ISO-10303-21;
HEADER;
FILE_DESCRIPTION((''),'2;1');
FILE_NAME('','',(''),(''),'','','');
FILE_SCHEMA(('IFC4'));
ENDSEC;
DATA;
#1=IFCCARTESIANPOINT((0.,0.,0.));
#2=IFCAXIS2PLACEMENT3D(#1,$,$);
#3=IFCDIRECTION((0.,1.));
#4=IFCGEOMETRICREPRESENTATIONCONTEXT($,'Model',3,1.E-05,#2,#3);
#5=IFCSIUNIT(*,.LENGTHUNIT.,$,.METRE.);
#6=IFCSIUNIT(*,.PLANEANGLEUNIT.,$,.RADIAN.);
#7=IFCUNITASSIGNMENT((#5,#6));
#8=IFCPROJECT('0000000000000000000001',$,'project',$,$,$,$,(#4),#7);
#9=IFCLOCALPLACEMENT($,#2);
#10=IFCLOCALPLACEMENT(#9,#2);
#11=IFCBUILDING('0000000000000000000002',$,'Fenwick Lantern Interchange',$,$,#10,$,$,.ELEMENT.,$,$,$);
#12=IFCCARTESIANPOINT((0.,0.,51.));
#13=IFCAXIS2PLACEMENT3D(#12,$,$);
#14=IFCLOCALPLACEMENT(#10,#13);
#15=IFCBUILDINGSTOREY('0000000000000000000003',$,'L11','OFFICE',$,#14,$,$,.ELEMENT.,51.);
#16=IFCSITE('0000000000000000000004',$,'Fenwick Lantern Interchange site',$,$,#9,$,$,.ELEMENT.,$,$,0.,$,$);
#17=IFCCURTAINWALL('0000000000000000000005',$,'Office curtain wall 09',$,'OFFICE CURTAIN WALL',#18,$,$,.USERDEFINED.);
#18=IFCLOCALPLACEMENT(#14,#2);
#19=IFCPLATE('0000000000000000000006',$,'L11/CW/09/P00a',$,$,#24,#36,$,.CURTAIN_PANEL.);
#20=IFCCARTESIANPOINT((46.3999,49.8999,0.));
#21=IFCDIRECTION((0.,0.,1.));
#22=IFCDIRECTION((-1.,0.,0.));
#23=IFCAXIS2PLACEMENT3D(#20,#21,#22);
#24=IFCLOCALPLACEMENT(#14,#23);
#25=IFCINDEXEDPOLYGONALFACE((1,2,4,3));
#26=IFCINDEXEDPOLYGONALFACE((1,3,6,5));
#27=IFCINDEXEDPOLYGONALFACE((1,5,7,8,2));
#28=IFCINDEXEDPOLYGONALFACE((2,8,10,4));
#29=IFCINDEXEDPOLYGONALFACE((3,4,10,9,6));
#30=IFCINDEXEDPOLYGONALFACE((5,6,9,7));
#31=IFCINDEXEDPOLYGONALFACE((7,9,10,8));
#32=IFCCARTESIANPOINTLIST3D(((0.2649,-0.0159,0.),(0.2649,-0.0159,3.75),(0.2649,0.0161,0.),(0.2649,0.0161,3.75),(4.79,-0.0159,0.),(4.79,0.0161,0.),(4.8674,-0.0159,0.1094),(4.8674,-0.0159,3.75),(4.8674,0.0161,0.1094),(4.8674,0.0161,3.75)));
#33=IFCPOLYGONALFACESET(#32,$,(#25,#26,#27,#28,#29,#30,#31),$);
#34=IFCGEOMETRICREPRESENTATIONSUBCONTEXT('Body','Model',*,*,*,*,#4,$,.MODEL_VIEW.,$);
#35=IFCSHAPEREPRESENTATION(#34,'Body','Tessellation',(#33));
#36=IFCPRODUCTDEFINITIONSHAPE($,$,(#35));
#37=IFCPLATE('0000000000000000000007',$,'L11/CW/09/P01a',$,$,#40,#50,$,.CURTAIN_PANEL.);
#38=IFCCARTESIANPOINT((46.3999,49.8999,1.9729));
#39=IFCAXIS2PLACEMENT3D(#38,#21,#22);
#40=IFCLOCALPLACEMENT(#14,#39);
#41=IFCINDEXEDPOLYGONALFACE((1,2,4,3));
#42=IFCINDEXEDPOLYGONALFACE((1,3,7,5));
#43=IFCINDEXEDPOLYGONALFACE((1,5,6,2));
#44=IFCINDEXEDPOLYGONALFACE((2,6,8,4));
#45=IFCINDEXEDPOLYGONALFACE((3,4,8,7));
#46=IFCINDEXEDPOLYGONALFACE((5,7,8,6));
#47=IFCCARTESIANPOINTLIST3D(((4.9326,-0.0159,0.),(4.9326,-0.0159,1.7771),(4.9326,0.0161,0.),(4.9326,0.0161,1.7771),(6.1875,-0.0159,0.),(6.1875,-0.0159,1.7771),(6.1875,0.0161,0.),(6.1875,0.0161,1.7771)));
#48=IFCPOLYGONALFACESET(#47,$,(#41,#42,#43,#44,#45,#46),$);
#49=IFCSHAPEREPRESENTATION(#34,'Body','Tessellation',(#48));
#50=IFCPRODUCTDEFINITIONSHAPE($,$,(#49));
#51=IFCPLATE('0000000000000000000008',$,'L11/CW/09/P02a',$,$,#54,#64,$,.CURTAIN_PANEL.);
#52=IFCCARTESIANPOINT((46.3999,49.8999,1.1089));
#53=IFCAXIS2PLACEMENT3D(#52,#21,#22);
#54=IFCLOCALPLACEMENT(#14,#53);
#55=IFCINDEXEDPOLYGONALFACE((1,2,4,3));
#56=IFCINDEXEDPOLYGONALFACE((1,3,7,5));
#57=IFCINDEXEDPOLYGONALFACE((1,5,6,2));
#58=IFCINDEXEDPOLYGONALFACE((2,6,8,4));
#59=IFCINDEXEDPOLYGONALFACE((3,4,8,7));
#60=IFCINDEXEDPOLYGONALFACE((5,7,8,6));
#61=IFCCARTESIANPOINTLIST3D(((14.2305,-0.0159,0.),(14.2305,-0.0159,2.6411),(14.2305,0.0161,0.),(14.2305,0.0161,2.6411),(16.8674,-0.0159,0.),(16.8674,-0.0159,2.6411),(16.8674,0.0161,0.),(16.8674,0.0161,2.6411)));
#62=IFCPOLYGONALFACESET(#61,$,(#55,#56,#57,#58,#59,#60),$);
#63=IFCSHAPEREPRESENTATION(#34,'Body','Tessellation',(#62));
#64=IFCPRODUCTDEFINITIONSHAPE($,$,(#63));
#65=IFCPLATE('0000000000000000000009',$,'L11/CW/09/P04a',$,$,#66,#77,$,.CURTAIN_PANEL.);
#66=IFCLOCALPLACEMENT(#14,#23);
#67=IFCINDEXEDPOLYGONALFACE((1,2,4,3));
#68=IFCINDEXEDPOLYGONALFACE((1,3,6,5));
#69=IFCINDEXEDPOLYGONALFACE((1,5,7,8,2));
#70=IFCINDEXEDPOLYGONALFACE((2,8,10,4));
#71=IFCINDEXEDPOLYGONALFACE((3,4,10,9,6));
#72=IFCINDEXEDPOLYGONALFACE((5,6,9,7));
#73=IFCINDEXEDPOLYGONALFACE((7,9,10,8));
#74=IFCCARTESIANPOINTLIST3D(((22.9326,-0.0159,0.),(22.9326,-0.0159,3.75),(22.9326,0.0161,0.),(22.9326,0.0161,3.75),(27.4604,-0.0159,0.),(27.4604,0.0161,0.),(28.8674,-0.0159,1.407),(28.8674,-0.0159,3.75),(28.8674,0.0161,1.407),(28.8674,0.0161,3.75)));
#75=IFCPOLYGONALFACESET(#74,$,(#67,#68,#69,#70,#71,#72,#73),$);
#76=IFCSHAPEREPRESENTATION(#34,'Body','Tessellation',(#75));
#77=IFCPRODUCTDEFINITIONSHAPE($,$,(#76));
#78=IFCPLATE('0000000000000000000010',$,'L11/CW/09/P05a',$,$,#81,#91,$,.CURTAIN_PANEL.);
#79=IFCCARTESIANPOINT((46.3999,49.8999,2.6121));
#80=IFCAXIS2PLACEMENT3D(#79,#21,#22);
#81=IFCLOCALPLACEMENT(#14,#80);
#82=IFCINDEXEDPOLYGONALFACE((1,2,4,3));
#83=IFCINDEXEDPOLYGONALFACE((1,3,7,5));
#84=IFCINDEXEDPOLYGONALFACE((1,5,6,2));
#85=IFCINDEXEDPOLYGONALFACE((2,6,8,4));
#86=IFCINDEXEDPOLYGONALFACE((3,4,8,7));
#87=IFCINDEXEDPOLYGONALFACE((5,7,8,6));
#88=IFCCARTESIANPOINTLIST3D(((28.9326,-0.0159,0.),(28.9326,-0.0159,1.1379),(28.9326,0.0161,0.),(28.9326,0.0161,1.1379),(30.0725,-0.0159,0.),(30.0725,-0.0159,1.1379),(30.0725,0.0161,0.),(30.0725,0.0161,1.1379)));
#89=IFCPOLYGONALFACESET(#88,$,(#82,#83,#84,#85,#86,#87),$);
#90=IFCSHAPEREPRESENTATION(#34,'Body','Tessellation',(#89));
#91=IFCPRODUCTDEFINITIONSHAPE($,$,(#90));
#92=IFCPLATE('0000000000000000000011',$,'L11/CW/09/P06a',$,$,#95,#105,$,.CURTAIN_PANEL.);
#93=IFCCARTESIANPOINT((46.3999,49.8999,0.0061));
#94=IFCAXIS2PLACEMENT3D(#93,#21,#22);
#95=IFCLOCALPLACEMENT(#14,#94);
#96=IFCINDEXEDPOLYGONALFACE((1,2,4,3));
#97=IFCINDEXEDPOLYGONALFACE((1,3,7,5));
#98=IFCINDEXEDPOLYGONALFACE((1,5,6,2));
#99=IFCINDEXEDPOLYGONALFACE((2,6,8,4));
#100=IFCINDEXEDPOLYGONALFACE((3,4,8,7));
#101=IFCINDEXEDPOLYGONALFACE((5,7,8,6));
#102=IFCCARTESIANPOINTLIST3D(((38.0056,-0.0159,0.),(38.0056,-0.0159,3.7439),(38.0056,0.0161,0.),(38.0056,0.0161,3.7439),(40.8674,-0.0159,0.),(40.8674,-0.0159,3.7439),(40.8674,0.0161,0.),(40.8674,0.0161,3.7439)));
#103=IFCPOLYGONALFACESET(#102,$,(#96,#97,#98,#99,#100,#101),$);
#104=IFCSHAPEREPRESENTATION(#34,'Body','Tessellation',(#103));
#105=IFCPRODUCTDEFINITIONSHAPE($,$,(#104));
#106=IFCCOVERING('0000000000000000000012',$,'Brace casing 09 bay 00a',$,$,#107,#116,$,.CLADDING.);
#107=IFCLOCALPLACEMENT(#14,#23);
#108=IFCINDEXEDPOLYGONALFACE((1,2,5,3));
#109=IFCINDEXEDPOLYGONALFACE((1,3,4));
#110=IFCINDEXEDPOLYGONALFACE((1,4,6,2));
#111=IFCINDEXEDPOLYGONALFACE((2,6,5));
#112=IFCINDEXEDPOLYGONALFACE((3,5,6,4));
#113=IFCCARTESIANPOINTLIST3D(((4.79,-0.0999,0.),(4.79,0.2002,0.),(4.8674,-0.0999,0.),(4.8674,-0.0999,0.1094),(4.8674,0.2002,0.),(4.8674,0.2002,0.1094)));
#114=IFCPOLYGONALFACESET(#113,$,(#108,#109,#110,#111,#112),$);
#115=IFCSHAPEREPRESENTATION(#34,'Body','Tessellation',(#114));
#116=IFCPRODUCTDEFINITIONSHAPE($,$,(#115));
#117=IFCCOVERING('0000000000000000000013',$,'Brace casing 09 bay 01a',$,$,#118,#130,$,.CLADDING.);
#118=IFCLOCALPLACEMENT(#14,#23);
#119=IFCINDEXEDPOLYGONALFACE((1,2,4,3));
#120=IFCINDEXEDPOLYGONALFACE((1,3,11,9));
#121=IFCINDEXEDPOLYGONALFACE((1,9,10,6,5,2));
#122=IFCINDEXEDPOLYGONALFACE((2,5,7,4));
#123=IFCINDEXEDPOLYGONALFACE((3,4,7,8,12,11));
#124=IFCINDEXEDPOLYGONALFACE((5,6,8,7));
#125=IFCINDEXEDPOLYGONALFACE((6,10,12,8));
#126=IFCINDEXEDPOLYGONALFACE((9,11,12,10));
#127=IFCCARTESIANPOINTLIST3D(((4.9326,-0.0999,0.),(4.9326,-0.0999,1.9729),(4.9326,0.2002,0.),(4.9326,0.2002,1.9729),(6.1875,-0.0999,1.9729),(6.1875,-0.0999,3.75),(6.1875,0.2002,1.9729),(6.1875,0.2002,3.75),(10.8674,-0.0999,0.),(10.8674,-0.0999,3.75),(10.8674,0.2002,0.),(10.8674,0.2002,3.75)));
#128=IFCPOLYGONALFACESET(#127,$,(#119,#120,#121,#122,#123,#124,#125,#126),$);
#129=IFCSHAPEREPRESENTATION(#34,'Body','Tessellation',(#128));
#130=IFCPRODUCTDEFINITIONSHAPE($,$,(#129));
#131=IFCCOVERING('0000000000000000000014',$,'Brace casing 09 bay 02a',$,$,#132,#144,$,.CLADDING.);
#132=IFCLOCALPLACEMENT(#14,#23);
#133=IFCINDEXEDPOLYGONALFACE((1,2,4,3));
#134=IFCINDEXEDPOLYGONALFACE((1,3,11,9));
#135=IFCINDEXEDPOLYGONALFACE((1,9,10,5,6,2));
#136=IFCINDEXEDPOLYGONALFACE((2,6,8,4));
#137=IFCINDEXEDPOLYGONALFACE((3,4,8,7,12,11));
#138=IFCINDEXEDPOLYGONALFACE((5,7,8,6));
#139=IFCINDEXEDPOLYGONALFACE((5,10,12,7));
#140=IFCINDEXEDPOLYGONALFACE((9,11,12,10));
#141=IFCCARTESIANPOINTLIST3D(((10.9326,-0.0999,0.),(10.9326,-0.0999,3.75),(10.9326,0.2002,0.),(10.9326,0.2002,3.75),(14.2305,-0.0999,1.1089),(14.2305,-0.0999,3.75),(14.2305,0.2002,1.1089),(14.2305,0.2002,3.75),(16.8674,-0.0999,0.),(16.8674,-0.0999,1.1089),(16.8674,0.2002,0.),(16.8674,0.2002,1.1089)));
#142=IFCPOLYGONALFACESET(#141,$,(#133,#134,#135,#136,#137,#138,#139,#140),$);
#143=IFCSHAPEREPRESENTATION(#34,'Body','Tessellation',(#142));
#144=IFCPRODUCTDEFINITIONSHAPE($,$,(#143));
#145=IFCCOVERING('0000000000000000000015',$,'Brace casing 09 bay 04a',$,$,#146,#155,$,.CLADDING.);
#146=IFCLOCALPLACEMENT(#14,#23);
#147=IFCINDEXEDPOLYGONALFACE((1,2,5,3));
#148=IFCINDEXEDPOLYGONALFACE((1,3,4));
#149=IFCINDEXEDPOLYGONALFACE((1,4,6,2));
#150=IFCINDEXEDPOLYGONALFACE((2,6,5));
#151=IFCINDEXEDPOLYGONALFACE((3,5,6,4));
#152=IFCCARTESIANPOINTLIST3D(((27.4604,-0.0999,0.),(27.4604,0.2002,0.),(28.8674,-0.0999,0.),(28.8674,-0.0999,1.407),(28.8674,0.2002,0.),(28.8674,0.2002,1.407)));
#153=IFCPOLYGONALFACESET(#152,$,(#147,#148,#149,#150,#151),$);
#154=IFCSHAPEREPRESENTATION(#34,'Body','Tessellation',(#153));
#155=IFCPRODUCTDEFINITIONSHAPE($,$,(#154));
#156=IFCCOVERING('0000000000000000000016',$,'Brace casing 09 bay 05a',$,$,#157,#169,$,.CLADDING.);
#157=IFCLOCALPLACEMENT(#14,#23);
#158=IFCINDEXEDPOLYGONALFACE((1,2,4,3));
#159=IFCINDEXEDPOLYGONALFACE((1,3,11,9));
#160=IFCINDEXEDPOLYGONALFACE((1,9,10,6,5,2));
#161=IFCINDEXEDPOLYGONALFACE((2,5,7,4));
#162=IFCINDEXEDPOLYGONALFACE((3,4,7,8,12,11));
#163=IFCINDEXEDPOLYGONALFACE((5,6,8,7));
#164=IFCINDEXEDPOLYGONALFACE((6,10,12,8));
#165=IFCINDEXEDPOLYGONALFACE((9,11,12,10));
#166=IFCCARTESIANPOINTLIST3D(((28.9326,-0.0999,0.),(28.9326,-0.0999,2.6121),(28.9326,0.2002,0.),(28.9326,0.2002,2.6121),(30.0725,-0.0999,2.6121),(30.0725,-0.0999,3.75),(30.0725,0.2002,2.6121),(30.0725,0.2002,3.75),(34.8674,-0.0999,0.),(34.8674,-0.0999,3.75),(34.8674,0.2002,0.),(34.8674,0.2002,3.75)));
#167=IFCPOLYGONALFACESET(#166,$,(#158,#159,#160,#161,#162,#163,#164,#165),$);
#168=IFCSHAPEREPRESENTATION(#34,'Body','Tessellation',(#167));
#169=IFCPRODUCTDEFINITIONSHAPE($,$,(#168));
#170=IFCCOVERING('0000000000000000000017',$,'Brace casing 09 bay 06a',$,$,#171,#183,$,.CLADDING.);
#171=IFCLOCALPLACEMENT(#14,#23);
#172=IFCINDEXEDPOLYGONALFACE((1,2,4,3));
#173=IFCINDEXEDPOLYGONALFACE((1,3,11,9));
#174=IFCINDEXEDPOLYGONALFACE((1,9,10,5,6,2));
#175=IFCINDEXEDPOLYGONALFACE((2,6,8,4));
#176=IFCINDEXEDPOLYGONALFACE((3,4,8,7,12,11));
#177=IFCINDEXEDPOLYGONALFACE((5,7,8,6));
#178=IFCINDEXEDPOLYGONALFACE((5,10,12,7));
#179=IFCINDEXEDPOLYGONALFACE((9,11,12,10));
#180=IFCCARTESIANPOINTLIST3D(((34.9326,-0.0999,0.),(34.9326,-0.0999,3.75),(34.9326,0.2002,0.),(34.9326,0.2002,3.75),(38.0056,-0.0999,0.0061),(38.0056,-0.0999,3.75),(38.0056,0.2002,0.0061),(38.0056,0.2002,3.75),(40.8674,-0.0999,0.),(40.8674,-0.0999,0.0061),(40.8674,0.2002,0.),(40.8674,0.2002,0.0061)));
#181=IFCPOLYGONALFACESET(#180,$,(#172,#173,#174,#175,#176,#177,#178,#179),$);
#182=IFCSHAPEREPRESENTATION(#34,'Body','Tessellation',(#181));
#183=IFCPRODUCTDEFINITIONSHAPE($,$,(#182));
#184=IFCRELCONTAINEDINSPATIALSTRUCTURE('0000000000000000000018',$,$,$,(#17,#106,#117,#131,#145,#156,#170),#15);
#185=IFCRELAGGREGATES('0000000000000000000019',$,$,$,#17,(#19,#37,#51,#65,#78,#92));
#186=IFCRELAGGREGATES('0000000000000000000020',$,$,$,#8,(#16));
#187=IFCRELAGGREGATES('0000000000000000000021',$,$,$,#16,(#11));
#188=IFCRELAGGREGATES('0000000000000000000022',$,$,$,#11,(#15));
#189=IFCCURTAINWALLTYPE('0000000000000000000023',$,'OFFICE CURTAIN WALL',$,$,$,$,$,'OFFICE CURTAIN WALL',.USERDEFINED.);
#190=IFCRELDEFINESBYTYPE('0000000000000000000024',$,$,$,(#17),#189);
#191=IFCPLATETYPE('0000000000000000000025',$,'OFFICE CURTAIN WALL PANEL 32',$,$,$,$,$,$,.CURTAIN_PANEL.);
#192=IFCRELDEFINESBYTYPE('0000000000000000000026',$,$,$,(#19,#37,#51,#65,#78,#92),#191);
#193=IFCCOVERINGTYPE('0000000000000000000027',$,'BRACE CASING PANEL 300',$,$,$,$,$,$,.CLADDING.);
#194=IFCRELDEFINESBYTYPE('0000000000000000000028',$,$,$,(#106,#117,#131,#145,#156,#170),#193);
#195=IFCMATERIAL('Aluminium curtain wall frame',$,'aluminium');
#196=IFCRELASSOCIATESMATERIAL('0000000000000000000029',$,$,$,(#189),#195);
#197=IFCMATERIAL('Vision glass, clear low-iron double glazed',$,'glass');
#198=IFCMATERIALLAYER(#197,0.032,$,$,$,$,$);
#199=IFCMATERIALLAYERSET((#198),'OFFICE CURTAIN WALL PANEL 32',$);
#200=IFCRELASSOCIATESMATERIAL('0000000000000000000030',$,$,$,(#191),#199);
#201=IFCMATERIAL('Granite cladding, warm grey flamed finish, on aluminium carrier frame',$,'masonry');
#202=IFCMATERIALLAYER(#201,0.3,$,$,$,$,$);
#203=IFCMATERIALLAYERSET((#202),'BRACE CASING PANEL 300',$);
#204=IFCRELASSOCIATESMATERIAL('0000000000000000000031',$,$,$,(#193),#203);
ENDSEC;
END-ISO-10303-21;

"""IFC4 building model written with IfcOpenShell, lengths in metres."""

from ifc_helpers import new_model, si_unit, direction, frame, origin, place, context, subcontext, project, spatial, polyline, outline, extrude, material, layer, layer_set, type_object, element, aggregate, save


model = new_model("IFC4")

# Units and contexts
model_context = context("Model", 3, precision=1e-05, world=origin(), true_north=direction((0.0, 1.0)))
body_context = subcontext(model_context, "Body", "Model", "MODEL_VIEW")
ifc_project = project(units=[si_unit("LENGTHUNIT", "METRE"), si_unit("PLANEANGLEUNIT", "RADIAN")], contexts=[model_context])

# Site, building, storey
site_placement = place(None, origin())
site = spatial("IfcSite", under=ifc_project, at=site_placement, Name="Fenwick Lantern Interchange site", CompositionType="ELEMENT", RefElevation=0.0)
building_placement = place(site_placement, origin())
building = spatial("IfcBuilding", under=site, at=building_placement, Name="Fenwick Lantern Interchange", CompositionType="ELEMENT")
storey_placement = place(building_placement, frame((0.0, 0.0, 51.0)))
storey = spatial("IfcBuildingStorey", under=building, at=storey_placement, Name="L11", Description="OFFICE", CompositionType="ELEMENT", Elevation=51.0)

# Shared definitions
ifc_material_1 = material(Name="Aluminium curtain wall frame", Category="aluminium")
curtain_wall_type = type_object("IfcCurtainWallType", Name="OFFICE CURTAIN WALL", ElementType="OFFICE CURTAIN WALL", PredefinedType="USERDEFINED", material=ifc_material_1)

# Curtain wall
curtain_wall_1_placement = place(storey_placement, origin())
curtain_wall_1 = element("IfcCurtainWall", 1, at=curtain_wall_1_placement, inside=storey, type_object=curtain_wall_type, Name="Office curtain wall 09", ObjectType="OFFICE CURTAIN WALL", PredefinedType="USERDEFINED")

# Plates
ifc_material_2 = material(Name="Vision glass, clear low-iron double glazed", Category="glass")
ifc_layer_1 = layer(ifc_material_2, 0.032)
ifc_layer_set_1 = layer_set([ifc_layer_1], Name="OFFICE CURTAIN WALL PANEL 32")
plate_type = type_object("IfcPlateType", Name="OFFICE CURTAIN WALL PANEL 32", PredefinedType="CURTAIN_PANEL", material=ifc_layer_set_1)
plate_1_placement = place(storey_placement, frame((46.3999, 49.8999, 0.0), z_axis=(0.0, 0.0, 1.0), x_axis=(-1.0, 0.0, 0.0)))
plate_1 = element("IfcPlate", 2, at=plate_1_placement, type_object=plate_type, Name="L11/CW/09/P00a", PredefinedType="CURTAIN_PANEL", context=body_context, shape_type="SweptSolid", body=[
    extrude(outline(polyline([(0.2649, 0.0), (4.79, 0.0), (4.8674, 0.1094), (4.8674, 3.75), (0.2649, 3.75), (0.2649, 0.0)])), frame((0.0, 0.0161, 0.0), z_axis=(0.0, -1.0, 0.0), x_axis=(1.0, 0.0, 0.0)), (0.0, 0.0, 1.0), 0.032),
])
plate_2_placement = place(storey_placement, frame((46.3999, 49.8999, 1.9729), z_axis=(0.0, 0.0, 1.0), x_axis=(-1.0, 0.0, 0.0)))
plate_2 = element("IfcPlate", 3, at=plate_2_placement, type_object=plate_type, Name="L11/CW/09/P01a", PredefinedType="CURTAIN_PANEL", context=body_context, shape_type="SweptSolid", body=[
    extrude(outline(polyline([(4.9326, 0.0), (6.1875, 0.0), (6.1875, 1.7771), (4.9326, 1.7771), (4.9326, 0.0)])), frame((0.0, 0.0161, 0.0), z_axis=(0.0, -1.0, 0.0), x_axis=(1.0, 0.0, 0.0)), (0.0, 0.0, 1.0), 0.032),
])
plate_3_placement = place(storey_placement, frame((46.3999, 49.8999, 1.1089), z_axis=(0.0, 0.0, 1.0), x_axis=(-1.0, 0.0, 0.0)))
plate_3 = element("IfcPlate", 4, at=plate_3_placement, type_object=plate_type, Name="L11/CW/09/P02a", PredefinedType="CURTAIN_PANEL", context=body_context, shape_type="SweptSolid", body=[
    extrude(outline(polyline([(14.2305, 0.0), (16.8674, 0.0), (16.8674, 2.6411), (14.2305, 2.6411), (14.2305, 0.0)])), frame((0.0, 0.0161, 0.0), z_axis=(0.0, -1.0, 0.0), x_axis=(1.0, 0.0, 0.0)), (0.0, 0.0, 1.0), 0.032),
])
plate_4_placement = place(storey_placement, frame((46.3999, 49.8999, 0.0), z_axis=(0.0, 0.0, 1.0), x_axis=(-1.0, 0.0, 0.0)))
plate_4 = element("IfcPlate", 5, at=plate_4_placement, type_object=plate_type, Name="L11/CW/09/P04a", PredefinedType="CURTAIN_PANEL", context=body_context, shape_type="SweptSolid", body=[
    extrude(outline(polyline([(22.9326, 0.0), (27.4604, 0.0), (28.8674, 1.407), (28.8674, 3.75), (22.9326, 3.75), (22.9326, 0.0)])), frame((0.0, 0.0161, 0.0), z_axis=(0.0, -1.0, 0.0), x_axis=(1.0, 0.0, 0.0)), (0.0, 0.0, 1.0), 0.032),
])
plate_5_placement = place(storey_placement, frame((46.3999, 49.8999, 2.6121), z_axis=(0.0, 0.0, 1.0), x_axis=(-1.0, 0.0, 0.0)))
plate_5 = element("IfcPlate", 6, at=plate_5_placement, type_object=plate_type, Name="L11/CW/09/P05a", PredefinedType="CURTAIN_PANEL", context=body_context, shape_type="SweptSolid", body=[
    extrude(outline(polyline([(28.9326, 0.0), (30.0725, 0.0), (30.0725, 1.1379), (28.9326, 1.1379), (28.9326, 0.0)])), frame((0.0, 0.0161, 0.0), z_axis=(0.0, -1.0, 0.0), x_axis=(1.0, 0.0, 0.0)), (0.0, 0.0, 1.0), 0.032),
])
plate_6_placement = place(storey_placement, frame((46.3999, 49.8999, 0.0061), z_axis=(0.0, 0.0, 1.0), x_axis=(-1.0, 0.0, 0.0)))
plate_6 = element("IfcPlate", 7, at=plate_6_placement, type_object=plate_type, Name="L11/CW/09/P06a", PredefinedType="CURTAIN_PANEL", context=body_context, shape_type="SweptSolid", body=[
    extrude(outline(polyline([(38.0056, 0.0), (40.8674, 0.0), (40.8674, 3.7439), (38.0056, 3.7439), (38.0056, 0.0)])), frame((0.0, 0.0161, 0.0), z_axis=(0.0, -1.0, 0.0), x_axis=(1.0, 0.0, 0.0)), (0.0, 0.0, 1.0), 0.032),
])
aggregate(curtain_wall_1, [plate_1, plate_2, plate_3, plate_4, plate_5, plate_6])

# Coverings
ifc_material_3 = material(Name="Granite cladding, warm grey flamed finish, on aluminium carrier frame", Category="masonry")
ifc_layer_2 = layer(ifc_material_3, 0.3)
ifc_layer_set_2 = layer_set([ifc_layer_2], Name="BRACE CASING PANEL 300")
covering_type = type_object("IfcCoveringType", Name="BRACE CASING PANEL 300", PredefinedType="CLADDING", material=ifc_layer_set_2)
covering_1_placement = place(storey_placement, frame((46.3999, 49.8999, 0.0), z_axis=(0.0, 0.0, 1.0), x_axis=(-1.0, 0.0, 0.0)))
element("IfcCovering", 8, at=covering_1_placement, inside=storey, type_object=covering_type, Name="Brace casing 09 bay 00a", PredefinedType="CLADDING", context=body_context, shape_type="SweptSolid", body=[
    extrude(outline(polyline([(4.79, 0.0), (4.8674, 0.0), (4.8674, 0.1094), (4.79, 0.0)])), frame((0.0, 0.2002, 0.0), z_axis=(0.0, -1.0, 0.0), x_axis=(1.0, 0.0, 0.0)), (0.0, 0.0, 1.0), 0.3),
])
covering_2_placement = place(storey_placement, frame((46.3999, 49.8999, 0.0), z_axis=(0.0, 0.0, 1.0), x_axis=(-1.0, 0.0, 0.0)))
element("IfcCovering", 9, at=covering_2_placement, inside=storey, type_object=covering_type, Name="Brace casing 09 bay 01a", PredefinedType="CLADDING", context=body_context, shape_type="SweptSolid", body=[
    extrude(outline(polyline([(4.9326, 0.0), (10.8674, 0.0), (10.8674, 3.75), (6.1875, 3.75), (6.1875, 1.9729), (4.9326, 1.9729), (4.9326, 0.0)])), frame((0.0, 0.2002, 0.0), z_axis=(0.0, -1.0, 0.0), x_axis=(1.0, 0.0, 0.0)), (0.0, 0.0, 1.0), 0.3),
])
covering_3_placement = place(storey_placement, frame((46.3999, 49.8999, 0.0), z_axis=(0.0, 0.0, 1.0), x_axis=(-1.0, 0.0, 0.0)))
element("IfcCovering", 10, at=covering_3_placement, inside=storey, type_object=covering_type, Name="Brace casing 09 bay 02a", PredefinedType="CLADDING", context=body_context, shape_type="SweptSolid", body=[
    extrude(outline(polyline([(10.9326, 0.0), (16.8674, 0.0), (16.8674, 1.1089), (14.2305, 1.1089), (14.2305, 3.75), (10.9326, 3.75), (10.9326, 0.0)])), frame((0.0, 0.2002, 0.0), z_axis=(0.0, -1.0, 0.0), x_axis=(1.0, 0.0, 0.0)), (0.0, 0.0, 1.0), 0.3),
])
covering_4_placement = place(storey_placement, frame((46.3999, 49.8999, 0.0), z_axis=(0.0, 0.0, 1.0), x_axis=(-1.0, 0.0, 0.0)))
element("IfcCovering", 11, at=covering_4_placement, inside=storey, type_object=covering_type, Name="Brace casing 09 bay 04a", PredefinedType="CLADDING", context=body_context, shape_type="SweptSolid", body=[
    extrude(outline(polyline([(27.4604, 0.0), (28.8674, 0.0), (28.8674, 1.407), (27.4604, 0.0)])), frame((0.0, 0.2002, 0.0), z_axis=(0.0, -1.0, 0.0), x_axis=(1.0, 0.0, 0.0)), (0.0, 0.0, 1.0), 0.3),
])
covering_5_placement = place(storey_placement, frame((46.3999, 49.8999, 0.0), z_axis=(0.0, 0.0, 1.0), x_axis=(-1.0, 0.0, 0.0)))
element("IfcCovering", 12, at=covering_5_placement, inside=storey, type_object=covering_type, Name="Brace casing 09 bay 05a", PredefinedType="CLADDING", context=body_context, shape_type="SweptSolid", body=[
    extrude(outline(polyline([(28.9326, 0.0), (34.8674, 0.0), (34.8674, 3.75), (30.0725, 3.75), (30.0725, 2.6121), (28.9326, 2.6121), (28.9326, 0.0)])), frame((0.0, 0.2002, 0.0), z_axis=(0.0, -1.0, 0.0), x_axis=(1.0, 0.0, 0.0)), (0.0, 0.0, 1.0), 0.3),
])
covering_6_placement = place(storey_placement, frame((46.3999, 49.8999, 0.0), z_axis=(0.0, 0.0, 1.0), x_axis=(-1.0, 0.0, 0.0)))
element("IfcCovering", 13, at=covering_6_placement, inside=storey, type_object=covering_type, Name="Brace casing 09 bay 06a", PredefinedType="CLADDING", context=body_context, shape_type="SweptSolid", body=[
    extrude(outline(polyline([(34.9326, 0.0), (40.8674, 0.0), (40.8674, 0.0061), (38.0056, 0.0061), (38.0056, 3.75), (34.9326, 3.75), (34.9326, 0.0)])), frame((0.0, 0.2002, 0.0), z_axis=(0.0, -1.0, 0.0), x_axis=(1.0, 0.0, 0.0)), (0.0, 0.0, 1.0), 0.3),
])

save(model, "model.ifc")
